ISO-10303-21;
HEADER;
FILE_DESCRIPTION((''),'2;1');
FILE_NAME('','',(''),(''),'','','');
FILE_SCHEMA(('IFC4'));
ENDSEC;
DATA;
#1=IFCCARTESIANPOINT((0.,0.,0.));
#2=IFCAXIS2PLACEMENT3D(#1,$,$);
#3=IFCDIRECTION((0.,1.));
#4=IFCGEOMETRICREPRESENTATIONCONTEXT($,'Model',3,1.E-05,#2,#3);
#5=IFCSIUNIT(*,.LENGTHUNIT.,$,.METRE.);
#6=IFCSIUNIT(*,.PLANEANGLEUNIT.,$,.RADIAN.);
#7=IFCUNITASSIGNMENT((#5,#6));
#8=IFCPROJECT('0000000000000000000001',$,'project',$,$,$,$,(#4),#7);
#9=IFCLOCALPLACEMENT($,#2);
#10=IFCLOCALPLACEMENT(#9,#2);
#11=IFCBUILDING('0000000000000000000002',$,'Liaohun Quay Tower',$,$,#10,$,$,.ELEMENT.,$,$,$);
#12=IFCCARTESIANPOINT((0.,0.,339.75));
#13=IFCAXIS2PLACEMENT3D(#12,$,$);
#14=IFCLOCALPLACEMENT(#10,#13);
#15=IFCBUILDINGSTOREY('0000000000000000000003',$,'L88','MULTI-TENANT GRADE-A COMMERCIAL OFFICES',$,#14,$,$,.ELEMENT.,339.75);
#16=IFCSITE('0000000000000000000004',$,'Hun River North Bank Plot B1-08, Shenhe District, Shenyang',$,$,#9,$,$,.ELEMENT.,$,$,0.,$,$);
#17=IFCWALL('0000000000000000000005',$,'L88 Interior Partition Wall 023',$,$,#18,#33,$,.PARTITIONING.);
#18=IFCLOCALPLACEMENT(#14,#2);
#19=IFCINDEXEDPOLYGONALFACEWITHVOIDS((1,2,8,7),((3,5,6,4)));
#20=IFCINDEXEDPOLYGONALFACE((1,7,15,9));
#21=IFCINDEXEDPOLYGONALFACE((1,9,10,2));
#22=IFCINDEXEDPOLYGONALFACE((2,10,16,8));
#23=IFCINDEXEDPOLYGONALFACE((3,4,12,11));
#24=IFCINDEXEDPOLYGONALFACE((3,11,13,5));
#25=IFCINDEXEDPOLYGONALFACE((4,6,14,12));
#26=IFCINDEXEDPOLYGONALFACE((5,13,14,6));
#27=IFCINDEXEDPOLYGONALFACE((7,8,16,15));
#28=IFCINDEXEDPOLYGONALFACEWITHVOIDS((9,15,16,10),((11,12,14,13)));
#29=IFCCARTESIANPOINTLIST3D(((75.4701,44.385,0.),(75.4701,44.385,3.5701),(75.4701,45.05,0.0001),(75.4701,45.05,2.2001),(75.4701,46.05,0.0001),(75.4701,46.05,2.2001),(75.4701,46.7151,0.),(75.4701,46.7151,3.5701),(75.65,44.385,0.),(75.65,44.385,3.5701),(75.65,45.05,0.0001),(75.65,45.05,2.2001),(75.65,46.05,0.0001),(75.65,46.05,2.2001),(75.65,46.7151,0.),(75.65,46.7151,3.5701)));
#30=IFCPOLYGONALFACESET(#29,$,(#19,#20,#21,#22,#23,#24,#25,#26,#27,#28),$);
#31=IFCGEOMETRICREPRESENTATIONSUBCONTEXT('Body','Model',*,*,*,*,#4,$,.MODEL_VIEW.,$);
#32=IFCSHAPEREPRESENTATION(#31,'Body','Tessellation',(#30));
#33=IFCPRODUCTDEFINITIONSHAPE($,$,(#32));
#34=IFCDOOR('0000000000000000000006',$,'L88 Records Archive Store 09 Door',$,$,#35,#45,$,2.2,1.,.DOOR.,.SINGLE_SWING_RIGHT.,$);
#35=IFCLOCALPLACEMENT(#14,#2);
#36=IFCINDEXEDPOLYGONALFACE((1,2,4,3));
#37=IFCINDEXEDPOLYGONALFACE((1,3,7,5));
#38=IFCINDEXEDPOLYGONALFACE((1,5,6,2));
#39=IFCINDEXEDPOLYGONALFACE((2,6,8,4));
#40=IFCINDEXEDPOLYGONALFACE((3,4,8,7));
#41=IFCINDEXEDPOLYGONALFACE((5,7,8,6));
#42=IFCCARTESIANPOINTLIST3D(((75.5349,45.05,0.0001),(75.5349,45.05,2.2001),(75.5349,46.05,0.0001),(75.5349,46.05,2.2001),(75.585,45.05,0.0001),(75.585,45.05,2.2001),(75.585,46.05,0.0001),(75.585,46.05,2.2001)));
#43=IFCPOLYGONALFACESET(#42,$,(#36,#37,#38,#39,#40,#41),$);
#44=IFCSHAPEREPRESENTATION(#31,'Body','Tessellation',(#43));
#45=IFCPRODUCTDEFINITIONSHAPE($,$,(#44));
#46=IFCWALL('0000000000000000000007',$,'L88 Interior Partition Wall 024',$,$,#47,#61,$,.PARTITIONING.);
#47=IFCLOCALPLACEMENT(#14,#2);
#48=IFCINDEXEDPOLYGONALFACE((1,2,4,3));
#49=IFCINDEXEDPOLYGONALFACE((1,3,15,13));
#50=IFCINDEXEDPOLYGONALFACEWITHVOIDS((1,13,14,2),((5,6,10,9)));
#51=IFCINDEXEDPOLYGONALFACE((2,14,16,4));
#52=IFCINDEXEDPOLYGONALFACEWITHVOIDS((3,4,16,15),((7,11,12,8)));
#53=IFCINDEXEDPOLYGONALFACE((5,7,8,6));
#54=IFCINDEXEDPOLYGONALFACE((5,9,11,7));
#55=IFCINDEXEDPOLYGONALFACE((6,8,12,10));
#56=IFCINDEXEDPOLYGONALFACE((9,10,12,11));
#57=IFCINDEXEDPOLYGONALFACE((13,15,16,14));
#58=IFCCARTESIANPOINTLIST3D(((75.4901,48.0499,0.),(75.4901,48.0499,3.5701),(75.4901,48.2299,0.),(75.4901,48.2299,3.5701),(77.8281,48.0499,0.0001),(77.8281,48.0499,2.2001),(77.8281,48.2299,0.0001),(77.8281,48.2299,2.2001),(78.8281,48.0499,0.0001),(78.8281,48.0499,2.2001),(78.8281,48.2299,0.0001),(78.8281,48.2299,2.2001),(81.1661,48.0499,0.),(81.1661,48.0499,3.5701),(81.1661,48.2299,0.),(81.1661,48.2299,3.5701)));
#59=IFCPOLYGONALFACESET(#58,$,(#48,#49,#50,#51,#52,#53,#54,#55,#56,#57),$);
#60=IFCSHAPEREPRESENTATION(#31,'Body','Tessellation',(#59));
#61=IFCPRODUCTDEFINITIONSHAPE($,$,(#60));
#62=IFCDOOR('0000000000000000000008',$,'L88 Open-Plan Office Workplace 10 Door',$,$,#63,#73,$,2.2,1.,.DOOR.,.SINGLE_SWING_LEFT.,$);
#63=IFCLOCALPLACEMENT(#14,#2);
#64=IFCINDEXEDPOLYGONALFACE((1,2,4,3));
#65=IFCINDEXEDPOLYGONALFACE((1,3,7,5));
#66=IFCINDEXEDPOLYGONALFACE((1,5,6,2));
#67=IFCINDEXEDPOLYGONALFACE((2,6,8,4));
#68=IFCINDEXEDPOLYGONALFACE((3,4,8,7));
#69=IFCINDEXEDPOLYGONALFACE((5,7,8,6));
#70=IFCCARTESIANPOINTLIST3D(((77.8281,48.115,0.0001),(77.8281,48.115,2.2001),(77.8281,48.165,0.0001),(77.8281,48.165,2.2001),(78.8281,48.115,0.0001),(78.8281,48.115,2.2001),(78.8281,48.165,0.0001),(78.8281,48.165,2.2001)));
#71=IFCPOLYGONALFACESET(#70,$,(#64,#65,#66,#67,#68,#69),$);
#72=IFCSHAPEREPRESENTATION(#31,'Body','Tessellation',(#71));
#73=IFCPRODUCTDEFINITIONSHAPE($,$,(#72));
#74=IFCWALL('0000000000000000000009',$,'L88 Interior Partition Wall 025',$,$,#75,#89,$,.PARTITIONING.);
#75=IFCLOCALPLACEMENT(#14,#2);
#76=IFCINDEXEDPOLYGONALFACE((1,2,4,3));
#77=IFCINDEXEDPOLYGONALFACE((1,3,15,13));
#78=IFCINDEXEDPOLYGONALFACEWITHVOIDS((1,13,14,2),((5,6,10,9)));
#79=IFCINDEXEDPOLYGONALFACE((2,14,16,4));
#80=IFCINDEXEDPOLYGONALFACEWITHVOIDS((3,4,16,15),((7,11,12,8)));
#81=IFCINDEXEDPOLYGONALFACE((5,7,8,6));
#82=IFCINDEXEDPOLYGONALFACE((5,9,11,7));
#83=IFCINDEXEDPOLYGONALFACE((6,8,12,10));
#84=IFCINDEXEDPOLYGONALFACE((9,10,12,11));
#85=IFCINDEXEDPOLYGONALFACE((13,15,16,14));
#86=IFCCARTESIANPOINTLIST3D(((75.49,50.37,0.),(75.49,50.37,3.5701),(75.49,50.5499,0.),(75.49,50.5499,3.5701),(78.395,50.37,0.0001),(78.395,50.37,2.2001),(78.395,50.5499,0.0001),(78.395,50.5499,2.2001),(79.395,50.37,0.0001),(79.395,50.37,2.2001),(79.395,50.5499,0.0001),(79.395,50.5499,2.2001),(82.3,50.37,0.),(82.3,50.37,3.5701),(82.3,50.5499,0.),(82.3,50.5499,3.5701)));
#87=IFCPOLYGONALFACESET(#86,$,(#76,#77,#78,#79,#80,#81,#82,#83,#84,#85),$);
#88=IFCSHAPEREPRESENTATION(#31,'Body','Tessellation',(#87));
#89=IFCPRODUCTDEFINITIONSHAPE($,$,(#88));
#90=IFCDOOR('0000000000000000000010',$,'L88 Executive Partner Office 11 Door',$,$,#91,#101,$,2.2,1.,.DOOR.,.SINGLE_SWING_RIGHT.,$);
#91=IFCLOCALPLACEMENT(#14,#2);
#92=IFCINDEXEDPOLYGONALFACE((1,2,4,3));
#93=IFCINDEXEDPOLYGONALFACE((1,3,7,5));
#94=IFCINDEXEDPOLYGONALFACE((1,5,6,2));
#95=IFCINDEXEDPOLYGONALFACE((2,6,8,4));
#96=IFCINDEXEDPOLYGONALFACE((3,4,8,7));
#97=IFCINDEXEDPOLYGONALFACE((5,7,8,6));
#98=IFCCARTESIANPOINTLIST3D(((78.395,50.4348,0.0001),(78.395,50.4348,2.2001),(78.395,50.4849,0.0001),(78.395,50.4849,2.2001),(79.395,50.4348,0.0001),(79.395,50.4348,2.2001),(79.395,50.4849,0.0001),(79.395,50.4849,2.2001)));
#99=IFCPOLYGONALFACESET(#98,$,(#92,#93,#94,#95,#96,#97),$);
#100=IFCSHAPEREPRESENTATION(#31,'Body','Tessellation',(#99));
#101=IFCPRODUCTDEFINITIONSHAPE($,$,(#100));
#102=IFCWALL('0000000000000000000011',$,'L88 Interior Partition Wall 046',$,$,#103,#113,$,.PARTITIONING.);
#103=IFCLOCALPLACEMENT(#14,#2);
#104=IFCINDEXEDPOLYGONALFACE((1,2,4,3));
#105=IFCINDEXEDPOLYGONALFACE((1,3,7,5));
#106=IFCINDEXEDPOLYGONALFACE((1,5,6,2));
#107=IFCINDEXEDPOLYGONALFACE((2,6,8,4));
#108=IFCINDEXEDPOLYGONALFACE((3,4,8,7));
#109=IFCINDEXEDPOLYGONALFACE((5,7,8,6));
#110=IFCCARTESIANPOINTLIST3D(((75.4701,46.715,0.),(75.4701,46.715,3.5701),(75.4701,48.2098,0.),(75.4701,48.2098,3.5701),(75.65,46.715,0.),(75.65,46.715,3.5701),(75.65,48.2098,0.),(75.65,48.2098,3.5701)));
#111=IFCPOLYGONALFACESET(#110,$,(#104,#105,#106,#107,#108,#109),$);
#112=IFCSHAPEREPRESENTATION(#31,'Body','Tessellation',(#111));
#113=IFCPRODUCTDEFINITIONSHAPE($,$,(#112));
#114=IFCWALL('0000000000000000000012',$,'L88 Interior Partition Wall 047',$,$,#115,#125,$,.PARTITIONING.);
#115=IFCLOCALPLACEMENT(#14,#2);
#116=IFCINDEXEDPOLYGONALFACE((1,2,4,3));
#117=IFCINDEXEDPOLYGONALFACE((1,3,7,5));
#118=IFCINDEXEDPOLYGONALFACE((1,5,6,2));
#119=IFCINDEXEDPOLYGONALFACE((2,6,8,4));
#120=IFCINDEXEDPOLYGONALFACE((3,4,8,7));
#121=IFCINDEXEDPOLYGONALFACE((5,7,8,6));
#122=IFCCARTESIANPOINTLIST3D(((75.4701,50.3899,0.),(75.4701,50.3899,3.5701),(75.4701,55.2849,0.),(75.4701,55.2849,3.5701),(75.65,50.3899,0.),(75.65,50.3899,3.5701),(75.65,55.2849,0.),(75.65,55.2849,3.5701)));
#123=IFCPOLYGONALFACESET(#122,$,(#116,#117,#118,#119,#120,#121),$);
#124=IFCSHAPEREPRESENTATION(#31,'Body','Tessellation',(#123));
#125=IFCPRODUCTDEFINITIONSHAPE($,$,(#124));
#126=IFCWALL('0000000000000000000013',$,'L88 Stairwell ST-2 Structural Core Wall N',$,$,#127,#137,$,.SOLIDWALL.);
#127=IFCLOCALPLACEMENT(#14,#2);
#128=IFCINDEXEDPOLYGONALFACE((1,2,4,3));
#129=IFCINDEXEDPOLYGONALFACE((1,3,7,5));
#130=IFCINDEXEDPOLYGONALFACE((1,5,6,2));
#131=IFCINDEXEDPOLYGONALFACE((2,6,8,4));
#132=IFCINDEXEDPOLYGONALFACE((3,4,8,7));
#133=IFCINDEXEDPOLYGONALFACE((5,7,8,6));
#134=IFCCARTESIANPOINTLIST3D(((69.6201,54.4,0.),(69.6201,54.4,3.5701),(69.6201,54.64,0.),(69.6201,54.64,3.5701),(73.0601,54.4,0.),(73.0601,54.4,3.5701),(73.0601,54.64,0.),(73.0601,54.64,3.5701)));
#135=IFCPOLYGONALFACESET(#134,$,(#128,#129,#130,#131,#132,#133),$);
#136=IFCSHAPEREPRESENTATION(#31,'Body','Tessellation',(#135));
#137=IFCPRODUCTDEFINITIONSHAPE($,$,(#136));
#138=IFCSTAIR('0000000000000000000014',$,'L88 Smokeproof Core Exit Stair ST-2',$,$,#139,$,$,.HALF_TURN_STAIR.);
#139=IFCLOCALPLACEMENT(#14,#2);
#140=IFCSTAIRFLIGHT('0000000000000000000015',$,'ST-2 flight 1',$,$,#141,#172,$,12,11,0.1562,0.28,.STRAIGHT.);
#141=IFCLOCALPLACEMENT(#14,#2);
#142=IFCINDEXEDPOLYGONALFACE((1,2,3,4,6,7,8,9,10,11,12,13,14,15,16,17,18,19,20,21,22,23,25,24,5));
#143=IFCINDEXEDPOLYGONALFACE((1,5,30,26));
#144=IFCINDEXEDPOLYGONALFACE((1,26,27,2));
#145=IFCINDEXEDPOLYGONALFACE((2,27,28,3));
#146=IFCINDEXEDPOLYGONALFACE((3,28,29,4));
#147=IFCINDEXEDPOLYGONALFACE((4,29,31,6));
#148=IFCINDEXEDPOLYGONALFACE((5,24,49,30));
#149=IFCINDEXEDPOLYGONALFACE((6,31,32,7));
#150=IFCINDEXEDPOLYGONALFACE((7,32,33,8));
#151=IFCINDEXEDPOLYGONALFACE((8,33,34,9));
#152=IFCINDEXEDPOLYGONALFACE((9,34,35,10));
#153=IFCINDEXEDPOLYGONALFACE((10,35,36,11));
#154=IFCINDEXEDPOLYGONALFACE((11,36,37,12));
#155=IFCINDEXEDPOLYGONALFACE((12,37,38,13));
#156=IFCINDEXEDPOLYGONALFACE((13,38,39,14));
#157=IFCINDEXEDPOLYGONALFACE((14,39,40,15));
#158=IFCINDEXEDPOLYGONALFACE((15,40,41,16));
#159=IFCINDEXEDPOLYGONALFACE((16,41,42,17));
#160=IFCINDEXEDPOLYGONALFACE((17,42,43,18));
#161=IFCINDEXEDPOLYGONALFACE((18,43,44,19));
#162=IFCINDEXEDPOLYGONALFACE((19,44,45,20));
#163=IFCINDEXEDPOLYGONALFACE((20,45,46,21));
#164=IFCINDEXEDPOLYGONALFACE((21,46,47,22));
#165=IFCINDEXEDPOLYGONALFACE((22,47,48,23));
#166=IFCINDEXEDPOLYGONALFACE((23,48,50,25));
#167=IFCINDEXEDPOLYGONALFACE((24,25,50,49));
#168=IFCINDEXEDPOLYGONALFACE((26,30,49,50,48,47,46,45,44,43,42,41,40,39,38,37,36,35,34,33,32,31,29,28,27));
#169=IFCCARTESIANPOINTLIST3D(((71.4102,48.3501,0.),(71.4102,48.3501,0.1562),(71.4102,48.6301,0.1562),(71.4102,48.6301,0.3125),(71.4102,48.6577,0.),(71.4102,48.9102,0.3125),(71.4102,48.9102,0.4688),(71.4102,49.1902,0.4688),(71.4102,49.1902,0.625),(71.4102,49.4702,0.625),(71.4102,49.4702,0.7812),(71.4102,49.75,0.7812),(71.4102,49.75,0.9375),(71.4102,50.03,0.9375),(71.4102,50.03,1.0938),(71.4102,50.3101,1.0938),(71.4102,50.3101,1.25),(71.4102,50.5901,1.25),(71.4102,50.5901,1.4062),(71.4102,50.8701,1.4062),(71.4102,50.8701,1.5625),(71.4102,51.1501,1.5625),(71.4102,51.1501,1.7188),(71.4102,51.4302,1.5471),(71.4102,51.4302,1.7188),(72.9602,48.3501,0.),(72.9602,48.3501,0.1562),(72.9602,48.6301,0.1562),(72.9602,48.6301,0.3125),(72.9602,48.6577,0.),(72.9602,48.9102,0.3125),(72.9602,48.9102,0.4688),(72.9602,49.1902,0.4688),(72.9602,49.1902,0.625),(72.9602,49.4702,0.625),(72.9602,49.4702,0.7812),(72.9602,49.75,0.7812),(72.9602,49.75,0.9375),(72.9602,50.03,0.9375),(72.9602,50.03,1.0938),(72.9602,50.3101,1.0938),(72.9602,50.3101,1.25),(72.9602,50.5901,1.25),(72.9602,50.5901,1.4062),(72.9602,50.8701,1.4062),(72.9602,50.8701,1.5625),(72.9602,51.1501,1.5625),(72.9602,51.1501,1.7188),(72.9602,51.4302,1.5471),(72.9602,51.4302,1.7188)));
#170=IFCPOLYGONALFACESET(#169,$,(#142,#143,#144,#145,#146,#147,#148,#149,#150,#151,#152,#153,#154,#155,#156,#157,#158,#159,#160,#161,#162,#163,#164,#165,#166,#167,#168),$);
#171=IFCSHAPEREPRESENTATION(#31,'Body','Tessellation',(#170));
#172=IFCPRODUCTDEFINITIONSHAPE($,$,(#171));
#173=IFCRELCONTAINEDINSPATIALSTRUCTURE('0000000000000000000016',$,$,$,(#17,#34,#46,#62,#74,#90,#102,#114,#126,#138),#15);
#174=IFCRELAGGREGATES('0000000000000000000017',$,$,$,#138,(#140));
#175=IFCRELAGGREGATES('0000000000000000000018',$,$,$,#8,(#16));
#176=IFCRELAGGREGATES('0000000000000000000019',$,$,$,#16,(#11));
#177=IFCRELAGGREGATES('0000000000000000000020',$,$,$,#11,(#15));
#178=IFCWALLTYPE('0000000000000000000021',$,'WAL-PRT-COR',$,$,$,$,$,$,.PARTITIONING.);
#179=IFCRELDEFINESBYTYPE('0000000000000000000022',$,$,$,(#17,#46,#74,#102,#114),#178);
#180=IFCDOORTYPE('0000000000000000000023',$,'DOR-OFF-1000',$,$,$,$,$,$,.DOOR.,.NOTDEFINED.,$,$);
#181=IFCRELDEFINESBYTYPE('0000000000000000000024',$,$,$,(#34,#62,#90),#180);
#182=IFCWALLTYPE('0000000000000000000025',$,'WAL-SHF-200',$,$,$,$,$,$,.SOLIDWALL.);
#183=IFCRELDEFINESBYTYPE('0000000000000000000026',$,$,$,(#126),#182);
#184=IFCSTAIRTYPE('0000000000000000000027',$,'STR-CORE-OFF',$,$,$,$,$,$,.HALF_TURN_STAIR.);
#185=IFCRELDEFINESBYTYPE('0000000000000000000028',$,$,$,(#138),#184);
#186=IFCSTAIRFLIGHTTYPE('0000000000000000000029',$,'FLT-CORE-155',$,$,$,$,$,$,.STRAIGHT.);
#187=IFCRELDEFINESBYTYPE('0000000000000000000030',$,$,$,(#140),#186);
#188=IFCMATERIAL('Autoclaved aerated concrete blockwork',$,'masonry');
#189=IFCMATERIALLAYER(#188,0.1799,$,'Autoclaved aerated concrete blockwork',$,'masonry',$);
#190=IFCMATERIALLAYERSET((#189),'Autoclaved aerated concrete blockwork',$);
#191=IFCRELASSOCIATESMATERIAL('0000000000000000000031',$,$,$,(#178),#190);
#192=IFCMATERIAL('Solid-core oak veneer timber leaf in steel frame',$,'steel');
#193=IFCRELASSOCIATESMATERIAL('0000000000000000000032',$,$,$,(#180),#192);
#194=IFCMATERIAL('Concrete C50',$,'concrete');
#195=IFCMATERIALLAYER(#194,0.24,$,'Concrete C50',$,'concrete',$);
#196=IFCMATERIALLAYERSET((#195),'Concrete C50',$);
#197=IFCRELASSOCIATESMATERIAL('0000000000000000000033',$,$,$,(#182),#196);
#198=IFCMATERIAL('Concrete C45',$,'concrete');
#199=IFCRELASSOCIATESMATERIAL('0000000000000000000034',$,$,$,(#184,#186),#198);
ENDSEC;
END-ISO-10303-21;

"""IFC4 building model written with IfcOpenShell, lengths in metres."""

from ifc_helpers import new_model, si_unit, direction, frame, frame_2d, origin, place, context, subcontext, project, spatial, polyline, rectangle, outline, extrude, source, transform, mapped, material, layer, layer_set, type_object, element, fill, aggregate, save


model = new_model("IFC4")

# Units and contexts
model_context = context("Model", 3, precision=1e-05, world=origin(), true_north=direction((0.0, 1.0)))
body_context = subcontext(model_context, "Body", "Model", "MODEL_VIEW")
ifc_project = project(units=[si_unit("LENGTHUNIT", "METRE"), si_unit("PLANEANGLEUNIT", "RADIAN")], contexts=[model_context])

# Site, building, storey
site_placement = place(None, origin())
site = spatial("IfcSite", under=ifc_project, at=site_placement, Name="Hun River North Bank Plot B1-08, Shenhe District, Shenyang", CompositionType="ELEMENT", RefElevation=0.0)
building_placement = place(site_placement, origin())
building = spatial("IfcBuilding", under=site, at=building_placement, Name="Liaohun Quay Tower", CompositionType="ELEMENT")
storey_placement = place(building_placement, frame((0.0, 0.0, 339.75)))
storey = spatial("IfcBuildingStorey", under=building, at=storey_placement, Name="L88", Description="MULTI-TENANT GRADE-A COMMERCIAL OFFICES", CompositionType="ELEMENT", Elevation=339.75)

# Walls, openings, doors
ifc_material_1 = material(Name="Autoclaved aerated concrete blockwork", Category="masonry")
ifc_layer_1 = layer(ifc_material_1, 0.1799, Name="Autoclaved aerated concrete blockwork", Category="masonry")
ifc_layer_set_1 = layer_set([ifc_layer_1], Name="Autoclaved aerated concrete blockwork")
wall_type_1 = type_object("IfcWallType", Name="WAL-PRT-COR", PredefinedType="PARTITIONING", material=ifc_layer_set_1)
wall_1_placement = place(storey_placement, frame((75.5601, 46.7151, 0.0), z_axis=(0.0, 0.0, 1.0), x_axis=(0.0, -1.0, 0.0)))
wall_1 = element("IfcWall", 1, at=wall_1_placement, inside=storey, type_object=wall_type_1, Name="L88 Interior Partition Wall 023", PredefinedType="PARTITIONING", context=body_context, shape_type="SweptSolid", body=[
    extrude(rectangle(XDim=2.3301, YDim=0.1799, at=frame_2d((1.165, 0.0))), origin(), (0.0, 0.0, 1.0), 3.5701),
])
shared_shape_1 = source(origin(), body_context, "Body", "SweptSolid", [
    extrude(rectangle(XDim=1.0, YDim=2.2, at=frame_2d((0.5, 1.1001))), frame((0.0, 0.0999, 0.0), z_axis=(0.0, -1.0, 0.0), x_axis=(1.0, 0.0, 0.0)), (0.0, 0.0, 1.0), 0.2),
])
opening_1_placement = place(wall_1_placement, frame((0.665, 0.0, 0.0)))
opening_1 = element("IfcOpeningElement", 2, at=opening_1_placement, cuts=wall_1, PredefinedType="OPENING", context=body_context, shape_type="MappedRepresentation", body=[
    mapped(shared_shape_1, transform((0.0, 0.0, 0.0), x_axis=(1.0, 0.0, 0.0), y_axis=(0.0, 1.0, 0.0), z_axis=(0.0, 0.0, 1.0), scale=1.0)),
])
ifc_material_2 = material(Name="Solid-core oak veneer timber leaf in steel frame", Category="steel")
door_type = type_object("IfcDoorType", Name="DOR-OFF-1000", OperationType="NOTDEFINED", PredefinedType="DOOR", material=ifc_material_2)
shared_shape_2 = source(origin(), body_context, "Body", "SweptSolid", [
    extrude(rectangle(XDim=1.0, YDim=2.2, at=frame_2d((0.5, 1.1001))), frame((0.0, 0.0249, 0.0), z_axis=(0.0, -1.0, 0.0), x_axis=(1.0, 0.0, 0.0)), (0.0, 0.0, 1.0), 0.05),
])
door_1_placement = place(opening_1_placement, origin())
door_1 = element("IfcDoor", 3, at=door_1_placement, inside=storey, type_object=door_type, Name="L88 Records Archive Store 09 Door", OperationType="SINGLE_SWING_RIGHT", OverallHeight=2.2, OverallWidth=1.0, PredefinedType="DOOR", context=body_context, shape_type="MappedRepresentation", body=[
    mapped(shared_shape_2, transform((0.0, 0.0, 0.0), x_axis=(1.0, 0.0, 0.0), y_axis=(0.0, 1.0, 0.0), z_axis=(0.0, 0.0, 1.0), scale=1.0)),
])
fill(opening_1, door_1)
wall_2_placement = place(storey_placement, frame((81.166, 48.1399, 0.0), z_axis=(0.0, 0.0, 1.0), x_axis=(-1.0, 0.0, 0.0)))
wall_2 = element("IfcWall", 4, at=wall_2_placement, inside=storey, type_object=wall_type_1, Name="L88 Interior Partition Wall 024", PredefinedType="PARTITIONING", context=body_context, shape_type="SweptSolid", body=[
    extrude(rectangle(XDim=5.676, YDim=0.1799, at=frame_2d((2.8379, 0.0))), origin(), (0.0, 0.0, 1.0), 3.5701),
])
opening_2_placement = place(wall_2_placement, frame((2.3379, 0.0, 0.0)))
opening_2 = element("IfcOpeningElement", 5, at=opening_2_placement, cuts=wall_2, PredefinedType="OPENING", context=body_context, shape_type="MappedRepresentation", body=[
    mapped(shared_shape_1, transform((0.0, 0.0, 0.0), x_axis=(1.0, 0.0, 0.0), y_axis=(0.0, 1.0, 0.0), z_axis=(0.0, 0.0, 1.0), scale=1.0)),
])
door_2_placement = place(opening_2_placement, origin())
door_2 = element("IfcDoor", 6, at=door_2_placement, inside=storey, type_object=door_type, Name="L88 Open-Plan Office Workplace 10 Door", OperationType="SINGLE_SWING_LEFT", OverallHeight=2.2, OverallWidth=1.0, PredefinedType="DOOR", context=body_context, shape_type="MappedRepresentation", body=[
    mapped(shared_shape_2, transform((0.0, 0.0, 0.0), x_axis=(1.0, 0.0, 0.0), y_axis=(0.0, 1.0, 0.0), z_axis=(0.0, 0.0, 1.0), scale=1.0)),
])
fill(opening_2, door_2)
wall_3_placement = place(storey_placement, frame((75.49, 50.46, 0.0), z_axis=(0.0, 0.0, 1.0), x_axis=(1.0, 0.0, 0.0)))
wall_3 = element("IfcWall", 7, at=wall_3_placement, inside=storey, type_object=wall_type_1, Name="L88 Interior Partition Wall 025", PredefinedType="PARTITIONING", context=body_context, shape_type="SweptSolid", body=[
    extrude(rectangle(XDim=6.8101, YDim=0.1799, at=frame_2d((3.405, 0.0))), origin(), (0.0, 0.0, 1.0), 3.5701),
])
opening_3_placement = place(wall_3_placement, frame((2.905, 0.0, 0.0)))
opening_3 = element("IfcOpeningElement", 8, at=opening_3_placement, cuts=wall_3, PredefinedType="OPENING", context=body_context, shape_type="MappedRepresentation", body=[
    mapped(shared_shape_1, transform((0.0, 0.0, 0.0), x_axis=(1.0, 0.0, 0.0), y_axis=(0.0, 1.0, 0.0), z_axis=(0.0, 0.0, 1.0), scale=1.0)),
])
door_3_placement = place(opening_3_placement, origin())
door_3 = element("IfcDoor", 9, at=door_3_placement, inside=storey, type_object=door_type, Name="L88 Executive Partner Office 11 Door", OperationType="SINGLE_SWING_RIGHT", OverallHeight=2.2, OverallWidth=1.0, PredefinedType="DOOR", context=body_context, shape_type="MappedRepresentation", body=[
    mapped(shared_shape_2, transform((0.0, 0.0, 0.0), x_axis=(1.0, 0.0, 0.0), y_axis=(0.0, 1.0, 0.0), z_axis=(0.0, 0.0, 1.0), scale=1.0)),
])
fill(opening_3, door_3)

# Walls
wall_4_placement = place(storey_placement, frame((75.5601, 48.21, 0.0), z_axis=(0.0, 0.0, 1.0), x_axis=(0.0, -1.0, 0.0)))
element("IfcWall", 10, at=wall_4_placement, inside=storey, type_object=wall_type_1, Name="L88 Interior Partition Wall 046", PredefinedType="PARTITIONING", context=body_context, shape_type="SweptSolid", body=[
    extrude(rectangle(XDim=1.4949, YDim=0.1799, at=frame_2d((0.7476, 0.0))), origin(), (0.0, 0.0, 1.0), 3.5701),
])
wall_5_placement = place(storey_placement, frame((75.5601, 55.2849, 0.0), z_axis=(0.0, 0.0, 1.0), x_axis=(0.0, -1.0, 0.0)))
element("IfcWall", 11, at=wall_5_placement, inside=storey, type_object=wall_type_1, Name="L88 Interior Partition Wall 047", PredefinedType="PARTITIONING", context=body_context, shape_type="SweptSolid", body=[
    extrude(rectangle(XDim=4.895, YDim=0.1799, at=frame_2d((2.4475, 0.0))), origin(), (0.0, 0.0, 1.0), 3.5701),
])
ifc_material_3 = material(Name="Concrete C50", Category="concrete")
ifc_layer_2 = layer(ifc_material_3, 0.24, Name="Concrete C50", Category="concrete")
ifc_layer_set_2 = layer_set([ifc_layer_2], Name="Concrete C50")
wall_type_2 = type_object("IfcWallType", Name="WAL-SHF-200", PredefinedType="SOLIDWALL", material=ifc_layer_set_2)
wall_6_placement = place(storey_placement, frame((73.0601, 54.52, 0.0), z_axis=(0.0, 0.0, 1.0), x_axis=(-1.0, 0.0, 0.0)))
element("IfcWall", 12, at=wall_6_placement, inside=storey, type_object=wall_type_2, Name="L88 Stairwell ST-2 Structural Core Wall N", PredefinedType="SOLIDWALL", context=body_context, shape_type="SweptSolid", body=[
    extrude(rectangle(XDim=3.4399, YDim=0.24, at=frame_2d((1.72, 0.0))), origin(), (0.0, 0.0, 1.0), 3.5701),
])

# Stair, stair flight
ifc_material_4 = material(Name="Concrete C45", Category="concrete")
stair_type = type_object("IfcStairType", Name="STR-CORE-OFF", PredefinedType="HALF_TURN_STAIR", material=ifc_material_4)
stair_placement = place(storey_placement, origin())
stair = element("IfcStair", 13, at=stair_placement, inside=storey, type_object=stair_type, Name="L88 Smokeproof Core Exit Stair ST-2", PredefinedType="HALF_TURN_STAIR")
stair_flight_type = type_object("IfcStairFlightType", Name="FLT-CORE-155", PredefinedType="STRAIGHT", material=ifc_material_4)
stair_flight_1_placement = place(storey_placement, frame((72.1851, 48.3501, 0.0), z_axis=(0.0, 0.0, 1.0), x_axis=(0.0, 1.0, 0.0)))
stair_flight_1 = element("IfcStairFlight", 14, at=stair_flight_1_placement, type_object=stair_flight_type, Name="ST-2 flight 1", NumberOfRisers=12, NumberOfTreads=11, PredefinedType="STRAIGHT", RiserHeight=0.1562, TreadLength=0.28, context=body_context, shape_type="SweptSolid", body=[
    extrude(outline(polyline([(0.0, 0.0), (0.0, 0.1562), (0.28, 0.1562), (0.28, 0.3125), (0.5601, 0.3125), (0.5601, 0.4688), (0.8401, 0.4688), (0.8401, 0.625), (1.1201, 0.625), (1.1201, 0.7812), (1.3999, 0.7812), (1.3999, 0.9375), (1.6799, 0.9375), (1.6799, 1.0938), (1.96, 1.0938), (1.96, 1.25), (2.24, 1.25), (2.24, 1.4062), (2.52, 1.4062), (2.52, 1.5625), (2.8, 1.5625), (2.8, 1.7188), (3.0801, 1.7188), (3.0801, 1.875), (3.0801, 1.5471), (0.3076, 0.0), (0.0, 0.0)])), frame((0.0, 0.7749, 0.0), z_axis=(0.0, -1.0, 0.0), x_axis=(1.0, 0.0, 0.0)), (0.0, 0.0, 1.0), 1.55),
])
aggregate(stair, [stair_flight_1])

save(model, "model.ifc")
